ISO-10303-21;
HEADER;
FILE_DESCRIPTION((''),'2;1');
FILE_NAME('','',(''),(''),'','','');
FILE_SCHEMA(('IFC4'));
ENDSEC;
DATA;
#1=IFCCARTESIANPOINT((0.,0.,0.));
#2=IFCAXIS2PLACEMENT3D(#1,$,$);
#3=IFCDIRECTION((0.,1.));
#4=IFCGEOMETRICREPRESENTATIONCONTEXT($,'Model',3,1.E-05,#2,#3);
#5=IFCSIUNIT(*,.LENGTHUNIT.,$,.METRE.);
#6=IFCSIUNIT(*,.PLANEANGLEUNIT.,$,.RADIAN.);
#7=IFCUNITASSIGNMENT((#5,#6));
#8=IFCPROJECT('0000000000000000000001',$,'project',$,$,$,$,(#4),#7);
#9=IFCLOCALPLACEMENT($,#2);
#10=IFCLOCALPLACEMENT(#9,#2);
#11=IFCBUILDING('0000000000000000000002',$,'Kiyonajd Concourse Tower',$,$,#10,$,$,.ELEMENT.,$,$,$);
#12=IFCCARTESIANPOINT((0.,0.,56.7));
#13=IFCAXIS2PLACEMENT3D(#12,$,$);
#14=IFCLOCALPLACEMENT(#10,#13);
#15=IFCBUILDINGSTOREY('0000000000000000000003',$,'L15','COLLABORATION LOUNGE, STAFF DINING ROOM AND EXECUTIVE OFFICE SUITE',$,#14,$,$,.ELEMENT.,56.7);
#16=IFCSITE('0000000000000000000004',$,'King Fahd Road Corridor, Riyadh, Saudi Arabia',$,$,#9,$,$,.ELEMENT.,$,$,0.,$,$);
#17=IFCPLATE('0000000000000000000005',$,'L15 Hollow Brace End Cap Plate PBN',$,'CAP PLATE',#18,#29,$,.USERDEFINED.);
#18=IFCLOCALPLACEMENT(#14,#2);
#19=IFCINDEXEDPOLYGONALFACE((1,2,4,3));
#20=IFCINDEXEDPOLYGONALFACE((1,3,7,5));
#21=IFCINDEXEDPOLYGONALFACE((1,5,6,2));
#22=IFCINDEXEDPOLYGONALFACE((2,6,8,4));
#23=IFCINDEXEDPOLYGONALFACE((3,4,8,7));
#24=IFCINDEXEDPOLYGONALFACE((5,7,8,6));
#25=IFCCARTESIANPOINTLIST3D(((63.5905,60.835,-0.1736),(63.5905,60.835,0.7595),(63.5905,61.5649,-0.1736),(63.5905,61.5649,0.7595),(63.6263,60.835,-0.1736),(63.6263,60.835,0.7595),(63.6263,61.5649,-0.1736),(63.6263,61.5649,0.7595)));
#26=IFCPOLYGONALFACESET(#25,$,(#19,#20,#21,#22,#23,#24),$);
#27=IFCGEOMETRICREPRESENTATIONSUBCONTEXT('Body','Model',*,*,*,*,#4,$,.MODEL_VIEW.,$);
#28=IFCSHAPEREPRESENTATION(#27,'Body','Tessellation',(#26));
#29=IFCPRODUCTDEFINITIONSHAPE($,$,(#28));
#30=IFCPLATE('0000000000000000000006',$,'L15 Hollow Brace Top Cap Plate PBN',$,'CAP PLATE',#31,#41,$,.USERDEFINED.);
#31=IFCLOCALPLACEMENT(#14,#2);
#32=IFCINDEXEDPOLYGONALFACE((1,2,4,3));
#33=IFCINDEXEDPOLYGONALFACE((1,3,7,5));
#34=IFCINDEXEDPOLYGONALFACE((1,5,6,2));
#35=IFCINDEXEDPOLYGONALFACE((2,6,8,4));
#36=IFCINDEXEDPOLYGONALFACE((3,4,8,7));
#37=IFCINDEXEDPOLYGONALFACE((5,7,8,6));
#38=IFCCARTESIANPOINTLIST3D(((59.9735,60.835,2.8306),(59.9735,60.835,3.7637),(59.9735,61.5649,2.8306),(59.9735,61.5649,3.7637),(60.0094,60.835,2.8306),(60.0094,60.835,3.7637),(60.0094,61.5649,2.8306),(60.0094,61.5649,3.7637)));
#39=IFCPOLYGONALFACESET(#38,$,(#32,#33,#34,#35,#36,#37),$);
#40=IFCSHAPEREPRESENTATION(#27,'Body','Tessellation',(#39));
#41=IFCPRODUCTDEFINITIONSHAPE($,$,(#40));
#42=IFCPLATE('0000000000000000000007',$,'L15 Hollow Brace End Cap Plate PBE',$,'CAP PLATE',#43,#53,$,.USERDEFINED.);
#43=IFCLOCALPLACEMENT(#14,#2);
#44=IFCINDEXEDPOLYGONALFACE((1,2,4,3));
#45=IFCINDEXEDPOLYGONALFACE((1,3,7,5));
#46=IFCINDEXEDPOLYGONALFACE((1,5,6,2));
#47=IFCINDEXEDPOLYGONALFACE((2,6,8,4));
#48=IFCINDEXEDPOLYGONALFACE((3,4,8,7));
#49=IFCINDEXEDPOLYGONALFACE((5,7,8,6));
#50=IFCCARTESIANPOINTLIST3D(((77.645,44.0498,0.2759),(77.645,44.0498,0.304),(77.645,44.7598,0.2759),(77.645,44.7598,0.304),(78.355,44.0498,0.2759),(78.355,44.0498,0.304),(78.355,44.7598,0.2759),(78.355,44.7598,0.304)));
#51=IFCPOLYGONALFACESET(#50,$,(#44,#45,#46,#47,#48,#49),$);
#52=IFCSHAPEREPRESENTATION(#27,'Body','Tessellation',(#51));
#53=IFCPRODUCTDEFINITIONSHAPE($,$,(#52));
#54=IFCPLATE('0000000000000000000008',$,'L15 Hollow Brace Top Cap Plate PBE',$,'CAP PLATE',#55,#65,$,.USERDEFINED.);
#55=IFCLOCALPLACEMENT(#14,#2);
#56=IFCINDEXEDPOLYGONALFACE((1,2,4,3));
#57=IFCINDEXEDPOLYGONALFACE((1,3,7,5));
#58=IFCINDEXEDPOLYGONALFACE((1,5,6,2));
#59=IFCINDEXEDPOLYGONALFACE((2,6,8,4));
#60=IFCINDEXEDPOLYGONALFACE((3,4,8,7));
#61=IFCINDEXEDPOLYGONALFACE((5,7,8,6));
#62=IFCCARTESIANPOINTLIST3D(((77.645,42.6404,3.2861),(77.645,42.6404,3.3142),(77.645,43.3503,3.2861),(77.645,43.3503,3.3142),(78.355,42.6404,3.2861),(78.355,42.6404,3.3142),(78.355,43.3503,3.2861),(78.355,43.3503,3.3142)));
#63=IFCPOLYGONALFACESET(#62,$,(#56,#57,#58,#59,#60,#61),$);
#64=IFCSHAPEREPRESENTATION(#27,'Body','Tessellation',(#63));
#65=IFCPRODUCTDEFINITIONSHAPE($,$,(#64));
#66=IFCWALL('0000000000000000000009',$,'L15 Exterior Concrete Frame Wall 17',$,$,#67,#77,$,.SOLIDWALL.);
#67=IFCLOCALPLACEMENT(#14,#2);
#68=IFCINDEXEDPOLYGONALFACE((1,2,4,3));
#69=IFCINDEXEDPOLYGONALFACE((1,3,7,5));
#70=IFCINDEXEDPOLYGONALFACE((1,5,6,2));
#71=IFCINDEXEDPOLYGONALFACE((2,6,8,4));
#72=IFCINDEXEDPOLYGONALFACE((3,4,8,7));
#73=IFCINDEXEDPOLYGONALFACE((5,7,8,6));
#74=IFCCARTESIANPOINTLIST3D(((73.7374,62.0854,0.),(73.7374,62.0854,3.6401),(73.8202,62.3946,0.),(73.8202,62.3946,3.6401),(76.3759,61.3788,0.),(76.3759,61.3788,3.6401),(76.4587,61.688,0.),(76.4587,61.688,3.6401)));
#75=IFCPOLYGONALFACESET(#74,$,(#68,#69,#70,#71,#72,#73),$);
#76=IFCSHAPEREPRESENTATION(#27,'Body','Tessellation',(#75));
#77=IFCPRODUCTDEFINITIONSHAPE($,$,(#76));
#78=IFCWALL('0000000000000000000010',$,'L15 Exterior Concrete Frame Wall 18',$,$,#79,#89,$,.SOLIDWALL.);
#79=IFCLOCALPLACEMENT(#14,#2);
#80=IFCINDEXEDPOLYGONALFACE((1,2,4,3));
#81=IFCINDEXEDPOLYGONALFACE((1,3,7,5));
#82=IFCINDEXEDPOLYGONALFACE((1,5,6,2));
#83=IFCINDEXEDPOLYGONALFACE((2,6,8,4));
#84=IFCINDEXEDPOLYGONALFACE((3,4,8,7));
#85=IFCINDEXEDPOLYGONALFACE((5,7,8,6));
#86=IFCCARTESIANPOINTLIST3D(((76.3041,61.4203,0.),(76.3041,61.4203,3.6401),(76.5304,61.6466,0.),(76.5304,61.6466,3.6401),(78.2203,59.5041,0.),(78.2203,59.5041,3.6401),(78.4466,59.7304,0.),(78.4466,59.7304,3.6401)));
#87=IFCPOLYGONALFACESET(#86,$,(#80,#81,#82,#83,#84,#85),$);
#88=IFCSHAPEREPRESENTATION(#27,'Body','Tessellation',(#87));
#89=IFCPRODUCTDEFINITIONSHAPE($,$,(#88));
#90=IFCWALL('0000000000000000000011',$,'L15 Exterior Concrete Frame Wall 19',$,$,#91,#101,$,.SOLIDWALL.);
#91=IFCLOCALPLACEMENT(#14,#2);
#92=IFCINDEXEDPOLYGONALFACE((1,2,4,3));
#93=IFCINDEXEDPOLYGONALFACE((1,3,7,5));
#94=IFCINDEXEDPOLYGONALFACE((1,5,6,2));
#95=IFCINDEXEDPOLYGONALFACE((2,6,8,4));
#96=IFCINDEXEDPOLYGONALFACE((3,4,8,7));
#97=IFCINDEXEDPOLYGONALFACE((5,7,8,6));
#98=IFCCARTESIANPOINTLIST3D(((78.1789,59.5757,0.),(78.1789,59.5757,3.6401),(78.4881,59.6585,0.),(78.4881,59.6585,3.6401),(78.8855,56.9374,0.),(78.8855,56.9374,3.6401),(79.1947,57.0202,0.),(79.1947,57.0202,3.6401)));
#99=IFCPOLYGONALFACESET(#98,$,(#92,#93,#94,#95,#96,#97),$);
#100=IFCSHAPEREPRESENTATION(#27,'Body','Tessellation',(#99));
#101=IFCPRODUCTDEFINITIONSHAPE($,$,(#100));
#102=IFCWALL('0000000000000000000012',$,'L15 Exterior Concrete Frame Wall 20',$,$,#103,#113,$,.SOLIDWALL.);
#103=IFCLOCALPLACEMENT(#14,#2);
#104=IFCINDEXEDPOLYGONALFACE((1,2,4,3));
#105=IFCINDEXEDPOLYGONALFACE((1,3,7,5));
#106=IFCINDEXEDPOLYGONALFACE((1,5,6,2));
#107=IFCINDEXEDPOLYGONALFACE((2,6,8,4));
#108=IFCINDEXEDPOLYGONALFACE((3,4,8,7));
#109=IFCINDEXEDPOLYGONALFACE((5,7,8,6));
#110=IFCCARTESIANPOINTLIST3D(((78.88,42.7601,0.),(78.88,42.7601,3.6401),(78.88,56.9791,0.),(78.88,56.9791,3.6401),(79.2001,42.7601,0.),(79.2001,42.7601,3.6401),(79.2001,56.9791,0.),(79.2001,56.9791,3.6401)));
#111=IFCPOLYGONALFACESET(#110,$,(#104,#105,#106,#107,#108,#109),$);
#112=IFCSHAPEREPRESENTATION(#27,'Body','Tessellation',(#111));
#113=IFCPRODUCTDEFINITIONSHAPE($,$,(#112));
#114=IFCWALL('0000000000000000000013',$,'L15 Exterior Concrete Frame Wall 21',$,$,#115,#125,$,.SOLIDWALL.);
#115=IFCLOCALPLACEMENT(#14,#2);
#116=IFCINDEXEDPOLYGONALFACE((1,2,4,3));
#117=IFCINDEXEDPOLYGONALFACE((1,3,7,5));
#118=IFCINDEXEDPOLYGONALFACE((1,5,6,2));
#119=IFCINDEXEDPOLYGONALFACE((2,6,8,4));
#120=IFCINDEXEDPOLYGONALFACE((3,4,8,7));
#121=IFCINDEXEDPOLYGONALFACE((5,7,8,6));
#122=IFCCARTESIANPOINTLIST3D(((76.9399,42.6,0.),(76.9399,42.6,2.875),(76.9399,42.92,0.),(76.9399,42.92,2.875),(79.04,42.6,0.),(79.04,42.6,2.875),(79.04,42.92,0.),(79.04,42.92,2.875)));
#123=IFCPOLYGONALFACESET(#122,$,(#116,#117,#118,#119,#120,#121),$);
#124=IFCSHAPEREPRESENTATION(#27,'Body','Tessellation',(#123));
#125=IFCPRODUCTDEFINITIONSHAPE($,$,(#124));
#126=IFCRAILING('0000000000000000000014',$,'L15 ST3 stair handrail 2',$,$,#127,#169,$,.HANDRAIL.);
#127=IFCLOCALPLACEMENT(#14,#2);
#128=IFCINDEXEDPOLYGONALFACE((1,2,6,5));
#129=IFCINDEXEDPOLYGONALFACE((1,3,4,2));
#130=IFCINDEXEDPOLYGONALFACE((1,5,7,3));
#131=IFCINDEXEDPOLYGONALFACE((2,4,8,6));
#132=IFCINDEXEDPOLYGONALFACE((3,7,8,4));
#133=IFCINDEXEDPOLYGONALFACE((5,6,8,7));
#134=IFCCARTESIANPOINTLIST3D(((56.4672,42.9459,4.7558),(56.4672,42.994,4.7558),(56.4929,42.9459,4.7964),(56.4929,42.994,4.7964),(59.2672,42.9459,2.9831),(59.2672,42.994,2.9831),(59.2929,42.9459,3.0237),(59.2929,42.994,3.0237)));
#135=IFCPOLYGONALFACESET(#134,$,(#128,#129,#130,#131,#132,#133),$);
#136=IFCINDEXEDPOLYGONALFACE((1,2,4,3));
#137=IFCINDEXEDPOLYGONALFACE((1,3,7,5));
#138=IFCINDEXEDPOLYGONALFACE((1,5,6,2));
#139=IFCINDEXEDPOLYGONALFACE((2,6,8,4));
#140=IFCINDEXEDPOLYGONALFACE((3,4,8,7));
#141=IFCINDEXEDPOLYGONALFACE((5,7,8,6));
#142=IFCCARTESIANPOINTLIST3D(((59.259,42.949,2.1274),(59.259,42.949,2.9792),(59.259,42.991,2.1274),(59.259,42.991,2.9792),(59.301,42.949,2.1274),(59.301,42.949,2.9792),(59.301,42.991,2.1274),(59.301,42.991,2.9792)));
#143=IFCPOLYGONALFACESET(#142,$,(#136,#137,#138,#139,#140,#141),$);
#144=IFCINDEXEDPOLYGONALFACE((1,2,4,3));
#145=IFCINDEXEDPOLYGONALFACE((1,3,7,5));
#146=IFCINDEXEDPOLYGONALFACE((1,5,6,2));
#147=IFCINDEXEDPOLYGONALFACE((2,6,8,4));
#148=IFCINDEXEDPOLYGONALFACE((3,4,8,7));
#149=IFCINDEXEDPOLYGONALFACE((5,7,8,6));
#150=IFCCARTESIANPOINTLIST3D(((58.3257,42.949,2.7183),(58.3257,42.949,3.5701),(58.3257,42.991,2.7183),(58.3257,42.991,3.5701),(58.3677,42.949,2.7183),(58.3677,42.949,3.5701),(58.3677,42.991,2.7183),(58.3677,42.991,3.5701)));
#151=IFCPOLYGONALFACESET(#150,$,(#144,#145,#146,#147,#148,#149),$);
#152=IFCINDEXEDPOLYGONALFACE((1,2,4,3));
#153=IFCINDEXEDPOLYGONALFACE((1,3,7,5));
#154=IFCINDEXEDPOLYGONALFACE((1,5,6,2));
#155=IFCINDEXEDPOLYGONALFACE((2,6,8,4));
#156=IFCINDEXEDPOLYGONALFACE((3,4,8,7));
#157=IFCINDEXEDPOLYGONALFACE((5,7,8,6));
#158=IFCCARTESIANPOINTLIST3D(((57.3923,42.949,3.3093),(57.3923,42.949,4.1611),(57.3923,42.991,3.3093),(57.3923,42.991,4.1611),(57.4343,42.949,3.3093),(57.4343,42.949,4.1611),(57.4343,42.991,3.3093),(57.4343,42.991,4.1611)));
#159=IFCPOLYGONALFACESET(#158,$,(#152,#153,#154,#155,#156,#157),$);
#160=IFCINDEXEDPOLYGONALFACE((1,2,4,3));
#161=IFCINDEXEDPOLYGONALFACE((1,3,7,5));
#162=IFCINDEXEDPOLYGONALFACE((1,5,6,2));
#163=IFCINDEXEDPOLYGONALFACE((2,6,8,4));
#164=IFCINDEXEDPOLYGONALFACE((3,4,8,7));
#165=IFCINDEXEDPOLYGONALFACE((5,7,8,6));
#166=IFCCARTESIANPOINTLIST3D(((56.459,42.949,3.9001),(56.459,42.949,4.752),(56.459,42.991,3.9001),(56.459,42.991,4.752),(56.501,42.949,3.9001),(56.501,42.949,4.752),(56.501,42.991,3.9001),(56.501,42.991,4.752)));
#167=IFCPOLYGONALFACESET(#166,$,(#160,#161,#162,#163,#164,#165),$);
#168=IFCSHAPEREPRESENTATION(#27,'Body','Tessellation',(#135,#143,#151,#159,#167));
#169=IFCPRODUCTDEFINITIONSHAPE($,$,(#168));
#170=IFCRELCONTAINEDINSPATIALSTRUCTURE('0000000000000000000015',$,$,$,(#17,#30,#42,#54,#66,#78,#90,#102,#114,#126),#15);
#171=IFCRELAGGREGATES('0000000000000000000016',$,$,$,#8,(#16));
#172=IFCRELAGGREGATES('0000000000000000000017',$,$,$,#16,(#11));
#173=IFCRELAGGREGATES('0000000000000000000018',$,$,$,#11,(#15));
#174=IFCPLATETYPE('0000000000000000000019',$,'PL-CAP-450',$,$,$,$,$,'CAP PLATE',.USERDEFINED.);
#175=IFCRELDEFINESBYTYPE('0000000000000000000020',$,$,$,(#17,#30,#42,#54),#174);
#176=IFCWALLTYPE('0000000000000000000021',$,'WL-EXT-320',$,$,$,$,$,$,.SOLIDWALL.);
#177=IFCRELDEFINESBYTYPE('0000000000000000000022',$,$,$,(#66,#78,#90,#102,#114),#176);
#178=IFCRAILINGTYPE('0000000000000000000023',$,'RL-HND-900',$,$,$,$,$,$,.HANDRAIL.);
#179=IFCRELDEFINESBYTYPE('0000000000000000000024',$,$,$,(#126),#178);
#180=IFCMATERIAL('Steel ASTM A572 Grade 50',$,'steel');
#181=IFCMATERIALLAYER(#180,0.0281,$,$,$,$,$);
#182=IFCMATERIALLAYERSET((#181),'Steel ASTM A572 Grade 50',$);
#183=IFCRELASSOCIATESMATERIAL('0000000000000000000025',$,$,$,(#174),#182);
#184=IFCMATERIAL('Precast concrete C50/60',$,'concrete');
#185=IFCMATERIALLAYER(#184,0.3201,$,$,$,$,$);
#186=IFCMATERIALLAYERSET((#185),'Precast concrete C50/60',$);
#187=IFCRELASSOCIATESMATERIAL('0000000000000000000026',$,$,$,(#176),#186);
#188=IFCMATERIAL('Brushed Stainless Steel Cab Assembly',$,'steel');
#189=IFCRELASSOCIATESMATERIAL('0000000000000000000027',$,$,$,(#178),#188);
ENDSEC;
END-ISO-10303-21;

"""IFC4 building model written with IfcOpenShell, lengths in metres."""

from ifc_helpers import new_model, si_unit, direction, frame, frame_2d, origin, origin_2d, place, context, subcontext, project, spatial, rectangle, extrude, material, layer, layer_set, type_object, element, save


model = new_model("IFC4")

# Units and contexts
model_context = context("Model", 3, precision=1e-05, world=origin(), true_north=direction((0.0, 1.0)))
body_context = subcontext(model_context, "Body", "Model", "MODEL_VIEW")
ifc_project = project(units=[si_unit("LENGTHUNIT", "METRE"), si_unit("PLANEANGLEUNIT", "RADIAN")], contexts=[model_context])

# Site, building, storey
site_placement = place(None, origin())
site = spatial("IfcSite", under=ifc_project, at=site_placement, Name="King Fahd Road Corridor, Riyadh, Saudi Arabia", CompositionType="ELEMENT", RefElevation=0.0)
building_placement = place(site_placement, origin())
building = spatial("IfcBuilding", under=site, at=building_placement, Name="Kiyonajd Concourse Tower", CompositionType="ELEMENT")
storey_placement = place(building_placement, frame((0.0, 0.0, 56.7)))
storey = spatial("IfcBuildingStorey", under=building, at=storey_placement, Name="L15", Description="COLLABORATION LOUNGE, STAFF DINING ROOM AND EXECUTIVE OFFICE SUITE", CompositionType="ELEMENT", Elevation=56.7)

# Shared definitions
ifc_material_1 = material(Name="Precast concrete C50/60", Category="concrete")

# Shared definitions
ifc_material_2 = material(Name="Steel ASTM A572 Grade 50", Category="steel")

# Plates
ifc_layer_1 = layer(ifc_material_2, 0.0281)
ifc_layer_set_1 = layer_set([ifc_layer_1], Name="Steel ASTM A572 Grade 50")
plate_type = type_object("IfcPlateType", Name="PL-CAP-450", ElementType="CAP PLATE", PredefinedType="USERDEFINED", material=ifc_layer_set_1)
for number, where, z_axis, x_axis, name in (
    (1, (63.6084, 61.2, -0.1736), (0.0, 0.0, 1.0), (1.0, 0.0, 0.0), "L15 Hollow Brace End Cap Plate PBN"),
    (2, (59.9915, 61.2, 2.8306), (0.0, 0.0, 1.0), (-1.0, 0.0, 0.0), "L15 Hollow Brace Top Cap Plate PBN"),
):
    element("IfcPlate", number, at=place(storey_placement, frame(where, z_axis=z_axis, x_axis=x_axis)), inside=storey, type_object=plate_type, Name=name, ObjectType="CAP PLATE", PredefinedType="USERDEFINED", context=body_context, shape_type="SweptSolid", body=[
        extrude(rectangle(XDim=0.0359, YDim=0.73, at=origin_2d()), origin(), (0.0, 0.0, 1.0), 0.9331),
    ])
for number, where, z_axis, x_axis, name in (
    (3, (78.0, 44.4048, 0.2759), (0.0, 0.0, 1.0), (1.0, 0.0, 0.0), "L15 Hollow Brace End Cap Plate PBE"),
    (4, (78.0, 42.9954, 3.2861), (0.0, 0.0, 1.0), (1.0, 0.0, 0.0), "L15 Hollow Brace Top Cap Plate PBE"),
):
    element("IfcPlate", number, at=place(storey_placement, frame(where, z_axis=z_axis, x_axis=x_axis)), inside=storey, type_object=plate_type, Name=name, ObjectType="CAP PLATE", PredefinedType="USERDEFINED", context=body_context, shape_type="SweptSolid", body=[
        extrude(rectangle(XDim=0.71, YDim=0.71, at=origin_2d()), origin(), (0.0, 0.0, 1.0), 0.0281),
    ])

# Walls
ifc_layer_2 = layer(ifc_material_1, 0.3201)
ifc_layer_set_2 = layer_set([ifc_layer_2], Name="Precast concrete C50/60")
wall_type = type_object("IfcWallType", Name="WL-EXT-320", PredefinedType="SOLIDWALL", material=ifc_layer_set_2)
wall_1_placement = place(storey_placement, frame((73.7788, 62.24, 0.0), z_axis=(0.0, 0.0, 1.0), x_axis=(0.965964, -0.258675, 0.0)))
element("IfcWall", 5, at=wall_1_placement, inside=storey, type_object=wall_type, Name="L15 Exterior Concrete Frame Wall 17", PredefinedType="SOLIDWALL", context=body_context, shape_type="SweptSolid", body=[
    extrude(rectangle(XDim=2.7314, YDim=0.3201, at=frame_2d((1.3657, 0.0))), origin(), (0.0, 0.0, 1.0), 3.6401),
])
wall_2_placement = place(storey_placement, frame((76.4172, 61.5334, 0.0), z_axis=(0.0, 0.0, 1.0), x_axis=(0.707107, -0.707107, 0.0)))
element("IfcWall", 6, at=wall_2_placement, inside=storey, type_object=wall_type, Name="L15 Exterior Concrete Frame Wall 18", PredefinedType="SOLIDWALL", context=body_context, shape_type="SweptSolid", body=[
    extrude(rectangle(XDim=2.71, YDim=0.3201, at=frame_2d((1.355, 0.0))), origin(), (0.0, 0.0, 1.0), 3.6401),
])
wall_3_placement = place(storey_placement, frame((78.3335, 59.6172, 0.0), z_axis=(0.0, 0.0, 1.0), x_axis=(0.258697, -0.965958, 0.0)))
element("IfcWall", 7, at=wall_3_placement, inside=storey, type_object=wall_type, Name="L15 Exterior Concrete Frame Wall 19", PredefinedType="SOLIDWALL", context=body_context, shape_type="SweptSolid", body=[
    extrude(rectangle(XDim=2.7312, YDim=0.3201, at=frame_2d((1.3657, 0.0))), origin(), (0.0, 0.0, 1.0), 3.6401),
])
wall_4_placement = place(storey_placement, frame((79.04, 56.979, 0.0), z_axis=(0.0, 0.0, 1.0), x_axis=(0.0, -1.0, 0.0)))
element("IfcWall", 8, at=wall_4_placement, inside=storey, type_object=wall_type, Name="L15 Exterior Concrete Frame Wall 20", PredefinedType="SOLIDWALL", context=body_context, shape_type="SweptSolid", body=[
    extrude(rectangle(XDim=14.219, YDim=0.3201, at=frame_2d((7.1094, 0.0))), origin(), (0.0, 0.0, 1.0), 3.6401),
])
wall_5_placement = place(storey_placement, frame((79.04, 42.76, 0.0), z_axis=(0.0, 0.0, 1.0), x_axis=(-1.0, 0.0, 0.0)))
element("IfcWall", 9, at=wall_5_placement, inside=storey, type_object=wall_type, Name="L15 Exterior Concrete Frame Wall 21", PredefinedType="SOLIDWALL", context=body_context, shape_type="SweptSolid", body=[
    extrude(rectangle(XDim=2.1001, YDim=0.3201, at=frame_2d((1.05, 0.0))), origin(), (0.0, 0.0, 1.0), 2.875),
])

# Railing
ifc_material_3 = material(Name="Brushed Stainless Steel Cab Assembly", Category="steel")
railing_type = type_object("IfcRailingType", Name="RL-HND-900", PredefinedType="HANDRAIL", material=ifc_material_3)
railing_placement = place(storey_placement, frame((59.28, 42.97, 2.1274)))
element("IfcRailing", 10, at=railing_placement, inside=storey, type_object=railing_type, Name="L15 ST3 stair handrail 2", PredefinedType="HANDRAIL", context=body_context, shape_type="SweptSolid", body=[
    extrude(rectangle(XDim=0.0481, YDim=0.0481, at=origin_2d()), frame((0.0, 0.0, 0.876), z_axis=(-0.844909, 0.0, 0.53491), x_axis=(0.0, -1.0, 0.0)), (0.0, 0.0, 1.0), 3.314),
    extrude(rectangle(XDim=0.042, YDim=0.042, at=origin_2d()), origin(), (0.0, 0.0, 1.0), 0.8518),
    extrude(rectangle(XDim=0.042, YDim=0.042, at=origin_2d()), frame((-0.9333, 0.0, 0.5908)), (0.0, 0.0, 1.0), 0.8518),
    extrude(rectangle(XDim=0.042, YDim=0.042, at=origin_2d()), frame((-1.8667, 0.0, 1.1819)), (0.0, 0.0, 1.0), 0.8518),
    extrude(rectangle(XDim=0.042, YDim=0.042, at=origin_2d()), frame((-2.8, 0.0, 1.7727)), (0.0, 0.0, 1.0), 0.8518),
])

save(model, "model.ifc")
